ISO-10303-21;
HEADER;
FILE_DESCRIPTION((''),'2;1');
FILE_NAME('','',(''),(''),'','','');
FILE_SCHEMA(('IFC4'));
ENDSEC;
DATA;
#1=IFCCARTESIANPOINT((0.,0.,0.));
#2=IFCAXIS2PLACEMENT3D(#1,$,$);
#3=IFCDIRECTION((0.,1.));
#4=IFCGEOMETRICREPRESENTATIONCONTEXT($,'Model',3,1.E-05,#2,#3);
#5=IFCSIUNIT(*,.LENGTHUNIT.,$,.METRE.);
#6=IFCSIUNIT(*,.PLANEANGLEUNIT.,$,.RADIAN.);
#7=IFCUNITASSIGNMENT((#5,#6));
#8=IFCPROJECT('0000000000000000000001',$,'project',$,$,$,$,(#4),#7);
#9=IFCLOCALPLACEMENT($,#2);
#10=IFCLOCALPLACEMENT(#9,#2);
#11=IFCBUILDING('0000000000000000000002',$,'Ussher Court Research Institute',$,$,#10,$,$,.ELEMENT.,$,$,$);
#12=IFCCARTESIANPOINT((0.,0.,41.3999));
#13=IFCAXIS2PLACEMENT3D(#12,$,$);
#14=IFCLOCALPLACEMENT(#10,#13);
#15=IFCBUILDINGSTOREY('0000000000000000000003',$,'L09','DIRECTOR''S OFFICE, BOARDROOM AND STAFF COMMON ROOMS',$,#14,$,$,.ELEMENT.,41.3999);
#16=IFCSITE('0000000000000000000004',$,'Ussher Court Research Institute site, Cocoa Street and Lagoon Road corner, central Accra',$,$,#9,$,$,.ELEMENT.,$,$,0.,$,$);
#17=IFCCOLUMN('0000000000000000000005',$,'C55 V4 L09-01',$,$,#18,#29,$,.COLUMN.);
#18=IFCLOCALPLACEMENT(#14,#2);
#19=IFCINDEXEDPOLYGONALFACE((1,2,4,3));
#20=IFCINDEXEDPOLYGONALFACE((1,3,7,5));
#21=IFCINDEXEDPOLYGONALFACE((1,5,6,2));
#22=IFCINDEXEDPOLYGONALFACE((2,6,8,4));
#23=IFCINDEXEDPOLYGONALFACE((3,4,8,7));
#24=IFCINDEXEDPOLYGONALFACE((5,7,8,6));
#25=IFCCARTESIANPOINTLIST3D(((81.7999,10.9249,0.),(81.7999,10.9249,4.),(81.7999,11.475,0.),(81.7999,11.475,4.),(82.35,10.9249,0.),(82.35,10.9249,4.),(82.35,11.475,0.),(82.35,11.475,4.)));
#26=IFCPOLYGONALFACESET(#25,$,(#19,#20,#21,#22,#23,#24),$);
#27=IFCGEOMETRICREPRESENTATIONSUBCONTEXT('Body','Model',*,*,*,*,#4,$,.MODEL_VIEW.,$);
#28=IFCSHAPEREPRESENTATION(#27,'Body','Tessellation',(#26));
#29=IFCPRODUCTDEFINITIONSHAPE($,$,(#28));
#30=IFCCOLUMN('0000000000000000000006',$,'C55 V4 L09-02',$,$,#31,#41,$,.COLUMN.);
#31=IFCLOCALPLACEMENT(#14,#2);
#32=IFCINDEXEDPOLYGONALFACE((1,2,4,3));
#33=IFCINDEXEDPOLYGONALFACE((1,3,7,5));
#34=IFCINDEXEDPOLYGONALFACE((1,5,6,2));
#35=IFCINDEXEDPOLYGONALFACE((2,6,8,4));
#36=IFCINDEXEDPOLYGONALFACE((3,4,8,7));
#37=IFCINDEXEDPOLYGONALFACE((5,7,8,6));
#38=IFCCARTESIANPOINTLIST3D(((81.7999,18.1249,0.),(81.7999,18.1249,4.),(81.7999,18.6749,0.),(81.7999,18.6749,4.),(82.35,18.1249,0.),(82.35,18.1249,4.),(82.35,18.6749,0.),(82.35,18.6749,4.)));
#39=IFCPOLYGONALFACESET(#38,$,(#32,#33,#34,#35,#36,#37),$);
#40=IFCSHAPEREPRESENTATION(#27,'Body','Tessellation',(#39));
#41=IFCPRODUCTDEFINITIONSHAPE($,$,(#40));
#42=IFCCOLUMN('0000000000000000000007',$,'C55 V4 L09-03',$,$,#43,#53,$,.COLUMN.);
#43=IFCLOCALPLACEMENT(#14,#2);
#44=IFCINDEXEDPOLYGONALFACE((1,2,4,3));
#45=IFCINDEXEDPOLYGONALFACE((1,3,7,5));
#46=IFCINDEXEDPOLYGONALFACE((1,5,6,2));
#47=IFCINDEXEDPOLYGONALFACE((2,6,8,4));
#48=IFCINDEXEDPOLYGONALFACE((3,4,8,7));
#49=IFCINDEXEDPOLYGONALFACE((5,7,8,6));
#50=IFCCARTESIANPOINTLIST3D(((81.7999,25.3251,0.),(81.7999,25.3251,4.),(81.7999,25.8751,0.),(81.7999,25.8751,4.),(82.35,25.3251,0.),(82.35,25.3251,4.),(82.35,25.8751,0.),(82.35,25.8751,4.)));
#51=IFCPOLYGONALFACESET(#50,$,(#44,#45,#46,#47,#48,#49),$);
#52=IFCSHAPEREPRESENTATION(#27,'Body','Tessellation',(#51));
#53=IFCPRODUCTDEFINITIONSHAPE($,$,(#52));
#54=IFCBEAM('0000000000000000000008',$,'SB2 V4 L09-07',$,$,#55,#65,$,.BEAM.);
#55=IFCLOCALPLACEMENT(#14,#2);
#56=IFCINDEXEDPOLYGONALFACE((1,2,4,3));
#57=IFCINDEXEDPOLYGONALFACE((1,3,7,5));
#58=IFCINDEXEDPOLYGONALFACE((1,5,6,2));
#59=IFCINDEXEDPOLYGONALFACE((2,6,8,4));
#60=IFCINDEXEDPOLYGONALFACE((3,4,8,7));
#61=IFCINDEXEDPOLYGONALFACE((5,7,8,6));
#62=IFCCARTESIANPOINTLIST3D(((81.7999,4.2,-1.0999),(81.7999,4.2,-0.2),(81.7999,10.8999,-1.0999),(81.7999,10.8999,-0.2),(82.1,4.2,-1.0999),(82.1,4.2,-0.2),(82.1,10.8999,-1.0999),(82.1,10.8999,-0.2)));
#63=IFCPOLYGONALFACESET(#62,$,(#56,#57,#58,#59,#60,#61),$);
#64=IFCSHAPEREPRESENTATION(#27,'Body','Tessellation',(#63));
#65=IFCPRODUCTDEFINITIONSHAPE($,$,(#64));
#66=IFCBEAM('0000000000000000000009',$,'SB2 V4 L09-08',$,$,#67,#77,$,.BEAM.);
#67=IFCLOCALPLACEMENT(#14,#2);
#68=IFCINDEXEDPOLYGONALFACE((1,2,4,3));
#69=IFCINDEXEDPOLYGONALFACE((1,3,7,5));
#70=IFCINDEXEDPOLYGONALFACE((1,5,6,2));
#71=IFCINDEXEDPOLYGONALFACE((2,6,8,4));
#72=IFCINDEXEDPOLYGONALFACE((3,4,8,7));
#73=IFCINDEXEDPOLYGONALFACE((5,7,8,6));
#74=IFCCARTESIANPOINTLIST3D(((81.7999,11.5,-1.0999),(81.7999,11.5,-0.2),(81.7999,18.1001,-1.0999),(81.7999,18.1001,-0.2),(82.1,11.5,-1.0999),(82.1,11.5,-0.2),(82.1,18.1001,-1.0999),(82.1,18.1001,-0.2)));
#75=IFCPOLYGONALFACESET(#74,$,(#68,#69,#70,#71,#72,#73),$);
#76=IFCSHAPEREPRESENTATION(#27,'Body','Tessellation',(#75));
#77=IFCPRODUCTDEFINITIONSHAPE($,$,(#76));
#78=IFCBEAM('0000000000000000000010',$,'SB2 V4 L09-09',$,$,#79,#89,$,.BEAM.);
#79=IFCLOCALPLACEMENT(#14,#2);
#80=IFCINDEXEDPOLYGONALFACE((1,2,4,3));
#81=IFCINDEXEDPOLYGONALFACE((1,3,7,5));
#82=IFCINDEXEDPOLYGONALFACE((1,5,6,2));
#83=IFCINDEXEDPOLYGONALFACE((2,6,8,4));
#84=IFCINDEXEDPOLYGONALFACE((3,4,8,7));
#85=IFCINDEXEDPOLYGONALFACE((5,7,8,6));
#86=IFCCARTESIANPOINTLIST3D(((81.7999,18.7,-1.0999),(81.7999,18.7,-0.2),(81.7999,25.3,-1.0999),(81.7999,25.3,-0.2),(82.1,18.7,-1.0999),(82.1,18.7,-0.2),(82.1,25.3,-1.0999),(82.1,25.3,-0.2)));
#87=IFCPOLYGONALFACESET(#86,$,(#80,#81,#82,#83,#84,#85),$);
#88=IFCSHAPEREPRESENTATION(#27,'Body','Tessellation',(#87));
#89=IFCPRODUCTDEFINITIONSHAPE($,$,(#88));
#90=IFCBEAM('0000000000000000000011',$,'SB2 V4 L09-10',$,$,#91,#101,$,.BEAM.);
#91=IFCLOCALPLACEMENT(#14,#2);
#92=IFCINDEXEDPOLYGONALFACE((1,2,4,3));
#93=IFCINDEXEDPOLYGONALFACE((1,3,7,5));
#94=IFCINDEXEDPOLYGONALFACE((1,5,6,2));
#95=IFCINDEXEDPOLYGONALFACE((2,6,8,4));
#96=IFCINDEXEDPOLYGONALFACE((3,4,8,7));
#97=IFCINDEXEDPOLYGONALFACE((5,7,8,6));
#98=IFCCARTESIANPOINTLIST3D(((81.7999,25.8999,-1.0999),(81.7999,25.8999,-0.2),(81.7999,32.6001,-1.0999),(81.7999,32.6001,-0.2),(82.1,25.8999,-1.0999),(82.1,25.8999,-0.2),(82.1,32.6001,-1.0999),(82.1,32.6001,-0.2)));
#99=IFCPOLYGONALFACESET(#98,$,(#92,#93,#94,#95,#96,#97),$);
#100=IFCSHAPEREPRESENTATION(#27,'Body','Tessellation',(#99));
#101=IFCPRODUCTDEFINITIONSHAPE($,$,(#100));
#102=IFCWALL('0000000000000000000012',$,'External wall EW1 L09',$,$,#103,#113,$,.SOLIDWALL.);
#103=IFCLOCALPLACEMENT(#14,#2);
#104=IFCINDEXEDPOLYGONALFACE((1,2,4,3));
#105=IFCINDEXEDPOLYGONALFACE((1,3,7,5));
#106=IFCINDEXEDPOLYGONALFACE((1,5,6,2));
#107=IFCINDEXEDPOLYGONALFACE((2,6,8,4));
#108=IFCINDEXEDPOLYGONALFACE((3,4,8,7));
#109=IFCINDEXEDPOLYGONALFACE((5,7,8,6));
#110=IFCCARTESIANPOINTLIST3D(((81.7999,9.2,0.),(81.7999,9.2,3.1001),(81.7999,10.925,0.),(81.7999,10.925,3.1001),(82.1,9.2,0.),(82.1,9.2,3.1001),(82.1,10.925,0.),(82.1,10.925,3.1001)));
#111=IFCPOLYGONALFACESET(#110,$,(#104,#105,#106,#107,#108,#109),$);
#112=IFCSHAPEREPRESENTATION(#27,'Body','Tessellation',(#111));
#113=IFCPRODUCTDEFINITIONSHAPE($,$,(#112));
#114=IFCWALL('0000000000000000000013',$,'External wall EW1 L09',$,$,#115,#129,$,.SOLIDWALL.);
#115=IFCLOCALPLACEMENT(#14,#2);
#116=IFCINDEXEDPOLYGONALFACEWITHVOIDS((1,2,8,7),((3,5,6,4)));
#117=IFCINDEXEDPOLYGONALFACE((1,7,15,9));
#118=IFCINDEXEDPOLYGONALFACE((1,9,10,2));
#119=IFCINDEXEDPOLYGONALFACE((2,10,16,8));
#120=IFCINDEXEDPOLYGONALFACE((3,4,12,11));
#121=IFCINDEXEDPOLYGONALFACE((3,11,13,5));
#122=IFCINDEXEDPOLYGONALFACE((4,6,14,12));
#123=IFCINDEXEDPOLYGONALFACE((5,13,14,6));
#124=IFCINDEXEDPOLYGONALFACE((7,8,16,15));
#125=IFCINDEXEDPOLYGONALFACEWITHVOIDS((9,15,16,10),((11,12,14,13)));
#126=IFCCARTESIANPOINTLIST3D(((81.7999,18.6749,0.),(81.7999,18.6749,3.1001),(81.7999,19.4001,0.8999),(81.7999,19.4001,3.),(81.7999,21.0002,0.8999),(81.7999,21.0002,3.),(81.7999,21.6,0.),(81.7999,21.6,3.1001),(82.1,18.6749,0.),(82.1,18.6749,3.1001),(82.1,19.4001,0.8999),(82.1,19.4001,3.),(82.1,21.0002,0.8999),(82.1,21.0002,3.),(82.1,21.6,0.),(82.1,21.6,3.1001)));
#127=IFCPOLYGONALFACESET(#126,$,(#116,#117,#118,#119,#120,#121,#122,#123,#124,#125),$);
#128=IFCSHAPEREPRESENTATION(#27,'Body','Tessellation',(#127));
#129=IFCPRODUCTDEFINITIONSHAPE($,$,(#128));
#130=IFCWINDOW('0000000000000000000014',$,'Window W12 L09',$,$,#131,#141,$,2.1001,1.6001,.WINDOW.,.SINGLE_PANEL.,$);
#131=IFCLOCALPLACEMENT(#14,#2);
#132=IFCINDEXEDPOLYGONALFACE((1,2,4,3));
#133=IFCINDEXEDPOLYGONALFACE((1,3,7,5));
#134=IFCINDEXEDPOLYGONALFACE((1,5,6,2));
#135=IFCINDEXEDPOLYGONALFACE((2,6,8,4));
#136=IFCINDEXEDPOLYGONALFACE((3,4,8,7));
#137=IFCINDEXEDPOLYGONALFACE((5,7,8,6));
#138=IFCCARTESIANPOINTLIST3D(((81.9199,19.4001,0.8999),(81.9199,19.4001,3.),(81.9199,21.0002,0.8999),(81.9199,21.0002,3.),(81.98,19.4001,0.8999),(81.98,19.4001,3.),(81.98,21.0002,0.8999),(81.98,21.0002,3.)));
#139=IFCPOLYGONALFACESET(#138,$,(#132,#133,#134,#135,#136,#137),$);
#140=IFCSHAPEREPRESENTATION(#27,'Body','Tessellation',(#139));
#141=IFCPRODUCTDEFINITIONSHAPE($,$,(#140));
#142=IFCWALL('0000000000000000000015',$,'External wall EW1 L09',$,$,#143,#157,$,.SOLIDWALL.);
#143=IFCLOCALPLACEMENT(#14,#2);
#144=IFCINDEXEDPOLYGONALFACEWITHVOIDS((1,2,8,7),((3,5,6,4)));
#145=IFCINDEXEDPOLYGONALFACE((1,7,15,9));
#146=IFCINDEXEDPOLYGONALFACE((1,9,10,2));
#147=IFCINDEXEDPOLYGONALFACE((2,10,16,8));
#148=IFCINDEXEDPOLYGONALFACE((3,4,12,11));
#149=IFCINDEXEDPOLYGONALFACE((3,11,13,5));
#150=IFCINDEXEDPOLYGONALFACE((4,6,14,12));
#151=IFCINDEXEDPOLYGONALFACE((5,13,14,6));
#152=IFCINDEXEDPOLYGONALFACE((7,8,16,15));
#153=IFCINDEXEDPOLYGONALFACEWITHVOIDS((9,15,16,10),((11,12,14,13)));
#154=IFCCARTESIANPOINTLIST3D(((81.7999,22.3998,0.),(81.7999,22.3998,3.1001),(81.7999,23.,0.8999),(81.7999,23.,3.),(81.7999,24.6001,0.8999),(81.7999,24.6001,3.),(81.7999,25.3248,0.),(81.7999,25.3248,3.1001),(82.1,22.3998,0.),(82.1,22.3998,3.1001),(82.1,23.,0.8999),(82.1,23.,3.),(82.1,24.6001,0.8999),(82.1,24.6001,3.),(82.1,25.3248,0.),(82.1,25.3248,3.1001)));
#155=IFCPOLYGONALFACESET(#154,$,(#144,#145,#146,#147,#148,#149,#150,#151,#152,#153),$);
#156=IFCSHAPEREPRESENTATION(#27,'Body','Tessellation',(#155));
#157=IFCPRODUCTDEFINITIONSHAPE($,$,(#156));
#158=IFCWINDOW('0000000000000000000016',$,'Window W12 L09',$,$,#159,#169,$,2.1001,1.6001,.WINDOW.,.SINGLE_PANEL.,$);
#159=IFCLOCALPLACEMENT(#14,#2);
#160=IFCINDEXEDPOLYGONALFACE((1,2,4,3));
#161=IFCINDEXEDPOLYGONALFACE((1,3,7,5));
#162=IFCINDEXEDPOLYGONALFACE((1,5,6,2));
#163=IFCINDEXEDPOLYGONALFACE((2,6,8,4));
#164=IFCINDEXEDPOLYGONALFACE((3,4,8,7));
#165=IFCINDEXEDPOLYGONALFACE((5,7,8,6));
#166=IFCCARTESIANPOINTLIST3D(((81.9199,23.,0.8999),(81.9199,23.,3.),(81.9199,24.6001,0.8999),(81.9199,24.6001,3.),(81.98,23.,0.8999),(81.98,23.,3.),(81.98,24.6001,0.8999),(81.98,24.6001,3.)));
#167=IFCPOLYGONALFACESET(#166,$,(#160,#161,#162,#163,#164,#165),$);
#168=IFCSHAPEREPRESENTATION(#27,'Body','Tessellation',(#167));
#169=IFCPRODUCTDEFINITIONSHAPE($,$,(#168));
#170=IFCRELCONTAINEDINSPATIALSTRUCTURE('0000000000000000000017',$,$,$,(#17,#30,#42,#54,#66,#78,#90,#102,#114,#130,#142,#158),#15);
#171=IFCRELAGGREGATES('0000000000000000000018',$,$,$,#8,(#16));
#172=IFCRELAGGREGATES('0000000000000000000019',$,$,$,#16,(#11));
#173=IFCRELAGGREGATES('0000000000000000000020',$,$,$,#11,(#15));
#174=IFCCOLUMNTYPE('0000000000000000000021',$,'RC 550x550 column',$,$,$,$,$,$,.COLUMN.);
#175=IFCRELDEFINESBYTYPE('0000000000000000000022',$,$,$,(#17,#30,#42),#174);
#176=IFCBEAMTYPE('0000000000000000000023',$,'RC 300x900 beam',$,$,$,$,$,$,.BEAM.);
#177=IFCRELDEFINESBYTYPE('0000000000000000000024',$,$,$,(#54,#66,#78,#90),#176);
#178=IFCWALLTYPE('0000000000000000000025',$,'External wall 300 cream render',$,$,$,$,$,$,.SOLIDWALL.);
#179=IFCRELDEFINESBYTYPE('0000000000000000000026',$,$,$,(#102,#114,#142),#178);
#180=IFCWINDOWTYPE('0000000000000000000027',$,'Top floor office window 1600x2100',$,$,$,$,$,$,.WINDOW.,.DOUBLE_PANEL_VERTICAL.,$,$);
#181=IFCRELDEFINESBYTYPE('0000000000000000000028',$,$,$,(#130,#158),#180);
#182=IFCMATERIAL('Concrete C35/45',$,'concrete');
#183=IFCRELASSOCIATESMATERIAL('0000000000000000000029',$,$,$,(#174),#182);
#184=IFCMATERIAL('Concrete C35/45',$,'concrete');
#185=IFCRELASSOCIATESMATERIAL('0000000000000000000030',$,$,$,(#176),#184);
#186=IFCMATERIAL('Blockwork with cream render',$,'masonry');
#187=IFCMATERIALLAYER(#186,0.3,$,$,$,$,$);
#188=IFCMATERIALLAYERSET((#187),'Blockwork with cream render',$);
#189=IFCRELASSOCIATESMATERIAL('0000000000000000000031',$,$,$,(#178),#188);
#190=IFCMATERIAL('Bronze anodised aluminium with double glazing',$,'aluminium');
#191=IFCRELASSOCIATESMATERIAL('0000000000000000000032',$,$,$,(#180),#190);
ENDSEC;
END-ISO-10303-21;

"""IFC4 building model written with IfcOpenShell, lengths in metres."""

from ifc_helpers import new_model, si_unit, direction, frame, frame_2d, origin, origin_2d, place, context, subcontext, project, spatial, rectangle, extrude, material, layer, layer_set, material_profile, profile_set, type_object, element, fill, save


model = new_model("IFC4")

# Units and contexts
model_context = context("Model", 3, precision=1e-05, world=origin(), true_north=direction((0.0, 1.0)))
body_context = subcontext(model_context, "Body", "Model", "MODEL_VIEW")
ifc_project = project(units=[si_unit("LENGTHUNIT", "METRE"), si_unit("PLANEANGLEUNIT", "RADIAN")], contexts=[model_context])

# Site, building, storey
site_placement = place(None, origin())
site = spatial("IfcSite", under=ifc_project, at=site_placement, Name="Ussher Court Research Institute site, Cocoa Street and Lagoon Road corner, central Accra", CompositionType="ELEMENT", RefElevation=0.0)
building_placement = place(site_placement, origin())
building = spatial("IfcBuilding", under=site, at=building_placement, Name="Ussher Court Research Institute", CompositionType="ELEMENT")
storey_placement = place(building_placement, frame((0.0, 0.0, 41.3999)))
storey = spatial("IfcBuildingStorey", under=building, at=storey_placement, Name="L09", Description="DIRECTOR'S OFFICE, BOARDROOM AND STAFF COMMON ROOMS", CompositionType="ELEMENT", Elevation=41.3999)

# Columns
ifc_material_1 = material(Name="Concrete C35/45", Category="concrete")
ifc_material_profile_1 = material_profile(ifc_material_1, rectangle(XDim=0.55, YDim=0.55, at=origin_2d()), Name="RC 550x550")
ifc_profile_set_1 = profile_set([ifc_material_profile_1], Name="Concrete C35/45")
column_type = type_object("IfcColumnType", Name="RC 550x550 column", PredefinedType="COLUMN", material=ifc_profile_set_1)
for number, where, z_axis, x_axis, name in (
    (1, (82.075, 11.2, 0.0), (0.0, 0.0, 1.0), (1.0, 0.0, 0.0), "C55 V4 L09-01"),
    (2, (82.075, 18.3999, 0.0), (0.0, 0.0, 1.0), (1.0, 0.0, 0.0), "C55 V4 L09-02"),
    (3, (82.075, 25.6001, 0.0), (0.0, 0.0, 1.0), (1.0, 0.0, 0.0), "C55 V4 L09-03"),
):
    element("IfcColumn", number, at=place(storey_placement, frame(where, z_axis=z_axis, x_axis=x_axis)), inside=storey, type_object=column_type, Name=name, PredefinedType="COLUMN", context=body_context, shape_type="SweptSolid", body=[
        extrude(rectangle(XDim=0.55, YDim=0.55, at=origin_2d()), origin(), (0.0, 0.0, 1.0), 4.0),
    ])

# Beams
ifc_material_2 = material(Name="Concrete C35/45", Category="concrete")
ifc_material_profile_2 = material_profile(ifc_material_2, rectangle(XDim=0.3, YDim=0.8999, at=origin_2d()), Name="RC 300x900")
ifc_profile_set_2 = profile_set([ifc_material_profile_2], Name="Concrete C35/45")
beam_type = type_object("IfcBeamType", Name="RC 300x900 beam", PredefinedType="BEAM", material=ifc_profile_set_2)
beam_1_placement = place(storey_placement, frame((81.95, 4.2, -0.6499), z_axis=(0.0, 1.0, 0.0), x_axis=(-1.0, 0.0, 0.0)))
element("IfcBeam", 4, at=beam_1_placement, inside=storey, type_object=beam_type, Name="SB2 V4 L09-07", PredefinedType="BEAM", context=body_context, shape_type="SweptSolid", body=[
    extrude(rectangle(XDim=0.3, YDim=0.8999, at=origin_2d()), origin(), (0.0, 0.0, 1.0), 6.7),
])
for number, where, z_axis, x_axis, name in (
    (5, (81.95, 11.5, -0.6499), (0.0, 1.0, 0.0), (-1.0, 0.0, 0.0), "SB2 V4 L09-08"),
    (6, (81.95, 18.7, -0.6499), (0.0, 1.0, 0.0), (-1.0, 0.0, 0.0), "SB2 V4 L09-09"),
):
    element("IfcBeam", number, at=place(storey_placement, frame(where, z_axis=z_axis, x_axis=x_axis)), inside=storey, type_object=beam_type, Name=name, PredefinedType="BEAM", context=body_context, shape_type="SweptSolid", body=[
        extrude(rectangle(XDim=0.3, YDim=0.8999, at=origin_2d()), origin(), (0.0, 0.0, 1.0), 6.6001),
    ])
beam_2_placement = place(storey_placement, frame((81.95, 25.8999, -0.6499), z_axis=(0.0, 1.0, 0.0), x_axis=(-1.0, 0.0, 0.0)))
element("IfcBeam", 7, at=beam_2_placement, inside=storey, type_object=beam_type, Name="SB2 V4 L09-10", PredefinedType="BEAM", context=body_context, shape_type="SweptSolid", body=[
    extrude(rectangle(XDim=0.3, YDim=0.8999, at=origin_2d()), origin(), (0.0, 0.0, 1.0), 6.7002),
])

# Wall
ifc_material_3 = material(Name="Blockwork with cream render", Category="masonry")
ifc_layer_1 = layer(ifc_material_3, 0.3)
ifc_layer_set_1 = layer_set([ifc_layer_1], Name="Blockwork with cream render")
wall_type_1 = type_object("IfcWallType", Name="External wall 300 cream render", PredefinedType="SOLIDWALL", material=ifc_layer_set_1)
wall_1_placement = place(storey_placement, frame((81.95, 9.2, 0.0), z_axis=(0.0, 0.0, 1.0), x_axis=(0.0, 1.0, 0.0)))
element("IfcWall", 8, at=wall_1_placement, inside=storey, type_object=wall_type_1, Name="External wall EW1 L09", PredefinedType="SOLIDWALL", context=body_context, shape_type="SweptSolid", body=[
    extrude(rectangle(XDim=1.7251, YDim=0.3, at=frame_2d((0.8625, 0.0))), origin(), (0.0, 0.0, 1.0), 3.1001),
])

# Walls, openings, windows
wall_2_placement = place(storey_placement, frame((81.95, 18.675, 0.0), z_axis=(0.0, 0.0, 1.0), x_axis=(0.0, 1.0, 0.0)))
wall_2 = element("IfcWall", 9, at=wall_2_placement, inside=storey, type_object=wall_type_1, Name="External wall EW1 L09", PredefinedType="SOLIDWALL", context=body_context, shape_type="SweptSolid", body=[
    extrude(rectangle(XDim=2.925, YDim=0.3, at=frame_2d((1.4624, 0.0))), origin(), (0.0, 0.0, 1.0), 3.1001),
])
opening_1_placement = place(wall_2_placement, frame((0.7251, 0.0, 0.8999)))
opening_1 = element("IfcOpeningElement", 10, at=opening_1_placement, cuts=wall_2, PredefinedType="OPENING", context=body_context, shape_type="SweptSolid", body=[
    extrude(rectangle(XDim=1.6001, YDim=2.1001, at=frame_2d((0.8, 1.05))), frame((0.0, 0.1602, 0.0), z_axis=(0.0, -1.0, 0.0), x_axis=(1.0, 0.0, 0.0)), (0.0, 0.0, 1.0), 0.3201),
])
ifc_material_4 = material(Name="Bronze anodised aluminium with double glazing", Category="aluminium")
window_type_1 = type_object("IfcWindowType", Name="Top floor office window 1600x2100", PartitioningType="DOUBLE_PANEL_VERTICAL", PredefinedType="WINDOW", material=ifc_material_4)
window_1_placement = place(opening_1_placement, origin())
window_1 = element("IfcWindow", 11, at=window_1_placement, inside=storey, type_object=window_type_1, Name="Window W12 L09", OverallHeight=2.1001, OverallWidth=1.6001, PartitioningType="SINGLE_PANEL", PredefinedType="WINDOW", context=body_context, shape_type="SweptSolid", body=[
    extrude(rectangle(XDim=1.6001, YDim=2.1001, at=frame_2d((0.8, 1.05))), frame((0.0, 0.03, 0.0), z_axis=(0.0, -1.0, 0.0), x_axis=(1.0, 0.0, 0.0)), (0.0, 0.0, 1.0), 0.0601),
])
fill(opening_1, window_1)
wall_3_placement = place(storey_placement, frame((81.95, 22.3999, 0.0), z_axis=(0.0, 0.0, 1.0), x_axis=(0.0, 1.0, 0.0)))
wall_3 = element("IfcWall", 12, at=wall_3_placement, inside=storey, type_object=wall_type_1, Name="External wall EW1 L09", PredefinedType="SOLIDWALL", context=body_context, shape_type="SweptSolid", body=[
    extrude(rectangle(XDim=2.925, YDim=0.3, at=frame_2d((1.4624, 0.0))), origin(), (0.0, 0.0, 1.0), 3.1001),
])
opening_2_placement = place(wall_3_placement, frame((0.6001, 0.0, 0.8999)))
opening_2 = element("IfcOpeningElement", 13, at=opening_2_placement, cuts=wall_3, PredefinedType="OPENING", context=body_context, shape_type="SweptSolid", body=[
    extrude(rectangle(XDim=1.6001, YDim=2.1001, at=frame_2d((0.8, 1.05))), frame((0.0, 0.1602, 0.0), z_axis=(0.0, -1.0, 0.0), x_axis=(1.0, 0.0, 0.0)), (0.0, 0.0, 1.0), 0.3201),
])
window_2_placement = place(opening_2_placement, origin())
window_2 = element("IfcWindow", 14, at=window_2_placement, inside=storey, type_object=window_type_1, Name="Window W12 L09", OverallHeight=2.1001, OverallWidth=1.6001, PartitioningType="SINGLE_PANEL", PredefinedType="WINDOW", context=body_context, shape_type="SweptSolid", body=[
    extrude(rectangle(XDim=1.6001, YDim=2.1001, at=frame_2d((0.8, 1.05))), frame((0.0, 0.03, 0.0), z_axis=(0.0, -1.0, 0.0), x_axis=(1.0, 0.0, 0.0)), (0.0, 0.0, 1.0), 0.0601),
])
fill(opening_2, window_2)

save(model, "model.ifc")
